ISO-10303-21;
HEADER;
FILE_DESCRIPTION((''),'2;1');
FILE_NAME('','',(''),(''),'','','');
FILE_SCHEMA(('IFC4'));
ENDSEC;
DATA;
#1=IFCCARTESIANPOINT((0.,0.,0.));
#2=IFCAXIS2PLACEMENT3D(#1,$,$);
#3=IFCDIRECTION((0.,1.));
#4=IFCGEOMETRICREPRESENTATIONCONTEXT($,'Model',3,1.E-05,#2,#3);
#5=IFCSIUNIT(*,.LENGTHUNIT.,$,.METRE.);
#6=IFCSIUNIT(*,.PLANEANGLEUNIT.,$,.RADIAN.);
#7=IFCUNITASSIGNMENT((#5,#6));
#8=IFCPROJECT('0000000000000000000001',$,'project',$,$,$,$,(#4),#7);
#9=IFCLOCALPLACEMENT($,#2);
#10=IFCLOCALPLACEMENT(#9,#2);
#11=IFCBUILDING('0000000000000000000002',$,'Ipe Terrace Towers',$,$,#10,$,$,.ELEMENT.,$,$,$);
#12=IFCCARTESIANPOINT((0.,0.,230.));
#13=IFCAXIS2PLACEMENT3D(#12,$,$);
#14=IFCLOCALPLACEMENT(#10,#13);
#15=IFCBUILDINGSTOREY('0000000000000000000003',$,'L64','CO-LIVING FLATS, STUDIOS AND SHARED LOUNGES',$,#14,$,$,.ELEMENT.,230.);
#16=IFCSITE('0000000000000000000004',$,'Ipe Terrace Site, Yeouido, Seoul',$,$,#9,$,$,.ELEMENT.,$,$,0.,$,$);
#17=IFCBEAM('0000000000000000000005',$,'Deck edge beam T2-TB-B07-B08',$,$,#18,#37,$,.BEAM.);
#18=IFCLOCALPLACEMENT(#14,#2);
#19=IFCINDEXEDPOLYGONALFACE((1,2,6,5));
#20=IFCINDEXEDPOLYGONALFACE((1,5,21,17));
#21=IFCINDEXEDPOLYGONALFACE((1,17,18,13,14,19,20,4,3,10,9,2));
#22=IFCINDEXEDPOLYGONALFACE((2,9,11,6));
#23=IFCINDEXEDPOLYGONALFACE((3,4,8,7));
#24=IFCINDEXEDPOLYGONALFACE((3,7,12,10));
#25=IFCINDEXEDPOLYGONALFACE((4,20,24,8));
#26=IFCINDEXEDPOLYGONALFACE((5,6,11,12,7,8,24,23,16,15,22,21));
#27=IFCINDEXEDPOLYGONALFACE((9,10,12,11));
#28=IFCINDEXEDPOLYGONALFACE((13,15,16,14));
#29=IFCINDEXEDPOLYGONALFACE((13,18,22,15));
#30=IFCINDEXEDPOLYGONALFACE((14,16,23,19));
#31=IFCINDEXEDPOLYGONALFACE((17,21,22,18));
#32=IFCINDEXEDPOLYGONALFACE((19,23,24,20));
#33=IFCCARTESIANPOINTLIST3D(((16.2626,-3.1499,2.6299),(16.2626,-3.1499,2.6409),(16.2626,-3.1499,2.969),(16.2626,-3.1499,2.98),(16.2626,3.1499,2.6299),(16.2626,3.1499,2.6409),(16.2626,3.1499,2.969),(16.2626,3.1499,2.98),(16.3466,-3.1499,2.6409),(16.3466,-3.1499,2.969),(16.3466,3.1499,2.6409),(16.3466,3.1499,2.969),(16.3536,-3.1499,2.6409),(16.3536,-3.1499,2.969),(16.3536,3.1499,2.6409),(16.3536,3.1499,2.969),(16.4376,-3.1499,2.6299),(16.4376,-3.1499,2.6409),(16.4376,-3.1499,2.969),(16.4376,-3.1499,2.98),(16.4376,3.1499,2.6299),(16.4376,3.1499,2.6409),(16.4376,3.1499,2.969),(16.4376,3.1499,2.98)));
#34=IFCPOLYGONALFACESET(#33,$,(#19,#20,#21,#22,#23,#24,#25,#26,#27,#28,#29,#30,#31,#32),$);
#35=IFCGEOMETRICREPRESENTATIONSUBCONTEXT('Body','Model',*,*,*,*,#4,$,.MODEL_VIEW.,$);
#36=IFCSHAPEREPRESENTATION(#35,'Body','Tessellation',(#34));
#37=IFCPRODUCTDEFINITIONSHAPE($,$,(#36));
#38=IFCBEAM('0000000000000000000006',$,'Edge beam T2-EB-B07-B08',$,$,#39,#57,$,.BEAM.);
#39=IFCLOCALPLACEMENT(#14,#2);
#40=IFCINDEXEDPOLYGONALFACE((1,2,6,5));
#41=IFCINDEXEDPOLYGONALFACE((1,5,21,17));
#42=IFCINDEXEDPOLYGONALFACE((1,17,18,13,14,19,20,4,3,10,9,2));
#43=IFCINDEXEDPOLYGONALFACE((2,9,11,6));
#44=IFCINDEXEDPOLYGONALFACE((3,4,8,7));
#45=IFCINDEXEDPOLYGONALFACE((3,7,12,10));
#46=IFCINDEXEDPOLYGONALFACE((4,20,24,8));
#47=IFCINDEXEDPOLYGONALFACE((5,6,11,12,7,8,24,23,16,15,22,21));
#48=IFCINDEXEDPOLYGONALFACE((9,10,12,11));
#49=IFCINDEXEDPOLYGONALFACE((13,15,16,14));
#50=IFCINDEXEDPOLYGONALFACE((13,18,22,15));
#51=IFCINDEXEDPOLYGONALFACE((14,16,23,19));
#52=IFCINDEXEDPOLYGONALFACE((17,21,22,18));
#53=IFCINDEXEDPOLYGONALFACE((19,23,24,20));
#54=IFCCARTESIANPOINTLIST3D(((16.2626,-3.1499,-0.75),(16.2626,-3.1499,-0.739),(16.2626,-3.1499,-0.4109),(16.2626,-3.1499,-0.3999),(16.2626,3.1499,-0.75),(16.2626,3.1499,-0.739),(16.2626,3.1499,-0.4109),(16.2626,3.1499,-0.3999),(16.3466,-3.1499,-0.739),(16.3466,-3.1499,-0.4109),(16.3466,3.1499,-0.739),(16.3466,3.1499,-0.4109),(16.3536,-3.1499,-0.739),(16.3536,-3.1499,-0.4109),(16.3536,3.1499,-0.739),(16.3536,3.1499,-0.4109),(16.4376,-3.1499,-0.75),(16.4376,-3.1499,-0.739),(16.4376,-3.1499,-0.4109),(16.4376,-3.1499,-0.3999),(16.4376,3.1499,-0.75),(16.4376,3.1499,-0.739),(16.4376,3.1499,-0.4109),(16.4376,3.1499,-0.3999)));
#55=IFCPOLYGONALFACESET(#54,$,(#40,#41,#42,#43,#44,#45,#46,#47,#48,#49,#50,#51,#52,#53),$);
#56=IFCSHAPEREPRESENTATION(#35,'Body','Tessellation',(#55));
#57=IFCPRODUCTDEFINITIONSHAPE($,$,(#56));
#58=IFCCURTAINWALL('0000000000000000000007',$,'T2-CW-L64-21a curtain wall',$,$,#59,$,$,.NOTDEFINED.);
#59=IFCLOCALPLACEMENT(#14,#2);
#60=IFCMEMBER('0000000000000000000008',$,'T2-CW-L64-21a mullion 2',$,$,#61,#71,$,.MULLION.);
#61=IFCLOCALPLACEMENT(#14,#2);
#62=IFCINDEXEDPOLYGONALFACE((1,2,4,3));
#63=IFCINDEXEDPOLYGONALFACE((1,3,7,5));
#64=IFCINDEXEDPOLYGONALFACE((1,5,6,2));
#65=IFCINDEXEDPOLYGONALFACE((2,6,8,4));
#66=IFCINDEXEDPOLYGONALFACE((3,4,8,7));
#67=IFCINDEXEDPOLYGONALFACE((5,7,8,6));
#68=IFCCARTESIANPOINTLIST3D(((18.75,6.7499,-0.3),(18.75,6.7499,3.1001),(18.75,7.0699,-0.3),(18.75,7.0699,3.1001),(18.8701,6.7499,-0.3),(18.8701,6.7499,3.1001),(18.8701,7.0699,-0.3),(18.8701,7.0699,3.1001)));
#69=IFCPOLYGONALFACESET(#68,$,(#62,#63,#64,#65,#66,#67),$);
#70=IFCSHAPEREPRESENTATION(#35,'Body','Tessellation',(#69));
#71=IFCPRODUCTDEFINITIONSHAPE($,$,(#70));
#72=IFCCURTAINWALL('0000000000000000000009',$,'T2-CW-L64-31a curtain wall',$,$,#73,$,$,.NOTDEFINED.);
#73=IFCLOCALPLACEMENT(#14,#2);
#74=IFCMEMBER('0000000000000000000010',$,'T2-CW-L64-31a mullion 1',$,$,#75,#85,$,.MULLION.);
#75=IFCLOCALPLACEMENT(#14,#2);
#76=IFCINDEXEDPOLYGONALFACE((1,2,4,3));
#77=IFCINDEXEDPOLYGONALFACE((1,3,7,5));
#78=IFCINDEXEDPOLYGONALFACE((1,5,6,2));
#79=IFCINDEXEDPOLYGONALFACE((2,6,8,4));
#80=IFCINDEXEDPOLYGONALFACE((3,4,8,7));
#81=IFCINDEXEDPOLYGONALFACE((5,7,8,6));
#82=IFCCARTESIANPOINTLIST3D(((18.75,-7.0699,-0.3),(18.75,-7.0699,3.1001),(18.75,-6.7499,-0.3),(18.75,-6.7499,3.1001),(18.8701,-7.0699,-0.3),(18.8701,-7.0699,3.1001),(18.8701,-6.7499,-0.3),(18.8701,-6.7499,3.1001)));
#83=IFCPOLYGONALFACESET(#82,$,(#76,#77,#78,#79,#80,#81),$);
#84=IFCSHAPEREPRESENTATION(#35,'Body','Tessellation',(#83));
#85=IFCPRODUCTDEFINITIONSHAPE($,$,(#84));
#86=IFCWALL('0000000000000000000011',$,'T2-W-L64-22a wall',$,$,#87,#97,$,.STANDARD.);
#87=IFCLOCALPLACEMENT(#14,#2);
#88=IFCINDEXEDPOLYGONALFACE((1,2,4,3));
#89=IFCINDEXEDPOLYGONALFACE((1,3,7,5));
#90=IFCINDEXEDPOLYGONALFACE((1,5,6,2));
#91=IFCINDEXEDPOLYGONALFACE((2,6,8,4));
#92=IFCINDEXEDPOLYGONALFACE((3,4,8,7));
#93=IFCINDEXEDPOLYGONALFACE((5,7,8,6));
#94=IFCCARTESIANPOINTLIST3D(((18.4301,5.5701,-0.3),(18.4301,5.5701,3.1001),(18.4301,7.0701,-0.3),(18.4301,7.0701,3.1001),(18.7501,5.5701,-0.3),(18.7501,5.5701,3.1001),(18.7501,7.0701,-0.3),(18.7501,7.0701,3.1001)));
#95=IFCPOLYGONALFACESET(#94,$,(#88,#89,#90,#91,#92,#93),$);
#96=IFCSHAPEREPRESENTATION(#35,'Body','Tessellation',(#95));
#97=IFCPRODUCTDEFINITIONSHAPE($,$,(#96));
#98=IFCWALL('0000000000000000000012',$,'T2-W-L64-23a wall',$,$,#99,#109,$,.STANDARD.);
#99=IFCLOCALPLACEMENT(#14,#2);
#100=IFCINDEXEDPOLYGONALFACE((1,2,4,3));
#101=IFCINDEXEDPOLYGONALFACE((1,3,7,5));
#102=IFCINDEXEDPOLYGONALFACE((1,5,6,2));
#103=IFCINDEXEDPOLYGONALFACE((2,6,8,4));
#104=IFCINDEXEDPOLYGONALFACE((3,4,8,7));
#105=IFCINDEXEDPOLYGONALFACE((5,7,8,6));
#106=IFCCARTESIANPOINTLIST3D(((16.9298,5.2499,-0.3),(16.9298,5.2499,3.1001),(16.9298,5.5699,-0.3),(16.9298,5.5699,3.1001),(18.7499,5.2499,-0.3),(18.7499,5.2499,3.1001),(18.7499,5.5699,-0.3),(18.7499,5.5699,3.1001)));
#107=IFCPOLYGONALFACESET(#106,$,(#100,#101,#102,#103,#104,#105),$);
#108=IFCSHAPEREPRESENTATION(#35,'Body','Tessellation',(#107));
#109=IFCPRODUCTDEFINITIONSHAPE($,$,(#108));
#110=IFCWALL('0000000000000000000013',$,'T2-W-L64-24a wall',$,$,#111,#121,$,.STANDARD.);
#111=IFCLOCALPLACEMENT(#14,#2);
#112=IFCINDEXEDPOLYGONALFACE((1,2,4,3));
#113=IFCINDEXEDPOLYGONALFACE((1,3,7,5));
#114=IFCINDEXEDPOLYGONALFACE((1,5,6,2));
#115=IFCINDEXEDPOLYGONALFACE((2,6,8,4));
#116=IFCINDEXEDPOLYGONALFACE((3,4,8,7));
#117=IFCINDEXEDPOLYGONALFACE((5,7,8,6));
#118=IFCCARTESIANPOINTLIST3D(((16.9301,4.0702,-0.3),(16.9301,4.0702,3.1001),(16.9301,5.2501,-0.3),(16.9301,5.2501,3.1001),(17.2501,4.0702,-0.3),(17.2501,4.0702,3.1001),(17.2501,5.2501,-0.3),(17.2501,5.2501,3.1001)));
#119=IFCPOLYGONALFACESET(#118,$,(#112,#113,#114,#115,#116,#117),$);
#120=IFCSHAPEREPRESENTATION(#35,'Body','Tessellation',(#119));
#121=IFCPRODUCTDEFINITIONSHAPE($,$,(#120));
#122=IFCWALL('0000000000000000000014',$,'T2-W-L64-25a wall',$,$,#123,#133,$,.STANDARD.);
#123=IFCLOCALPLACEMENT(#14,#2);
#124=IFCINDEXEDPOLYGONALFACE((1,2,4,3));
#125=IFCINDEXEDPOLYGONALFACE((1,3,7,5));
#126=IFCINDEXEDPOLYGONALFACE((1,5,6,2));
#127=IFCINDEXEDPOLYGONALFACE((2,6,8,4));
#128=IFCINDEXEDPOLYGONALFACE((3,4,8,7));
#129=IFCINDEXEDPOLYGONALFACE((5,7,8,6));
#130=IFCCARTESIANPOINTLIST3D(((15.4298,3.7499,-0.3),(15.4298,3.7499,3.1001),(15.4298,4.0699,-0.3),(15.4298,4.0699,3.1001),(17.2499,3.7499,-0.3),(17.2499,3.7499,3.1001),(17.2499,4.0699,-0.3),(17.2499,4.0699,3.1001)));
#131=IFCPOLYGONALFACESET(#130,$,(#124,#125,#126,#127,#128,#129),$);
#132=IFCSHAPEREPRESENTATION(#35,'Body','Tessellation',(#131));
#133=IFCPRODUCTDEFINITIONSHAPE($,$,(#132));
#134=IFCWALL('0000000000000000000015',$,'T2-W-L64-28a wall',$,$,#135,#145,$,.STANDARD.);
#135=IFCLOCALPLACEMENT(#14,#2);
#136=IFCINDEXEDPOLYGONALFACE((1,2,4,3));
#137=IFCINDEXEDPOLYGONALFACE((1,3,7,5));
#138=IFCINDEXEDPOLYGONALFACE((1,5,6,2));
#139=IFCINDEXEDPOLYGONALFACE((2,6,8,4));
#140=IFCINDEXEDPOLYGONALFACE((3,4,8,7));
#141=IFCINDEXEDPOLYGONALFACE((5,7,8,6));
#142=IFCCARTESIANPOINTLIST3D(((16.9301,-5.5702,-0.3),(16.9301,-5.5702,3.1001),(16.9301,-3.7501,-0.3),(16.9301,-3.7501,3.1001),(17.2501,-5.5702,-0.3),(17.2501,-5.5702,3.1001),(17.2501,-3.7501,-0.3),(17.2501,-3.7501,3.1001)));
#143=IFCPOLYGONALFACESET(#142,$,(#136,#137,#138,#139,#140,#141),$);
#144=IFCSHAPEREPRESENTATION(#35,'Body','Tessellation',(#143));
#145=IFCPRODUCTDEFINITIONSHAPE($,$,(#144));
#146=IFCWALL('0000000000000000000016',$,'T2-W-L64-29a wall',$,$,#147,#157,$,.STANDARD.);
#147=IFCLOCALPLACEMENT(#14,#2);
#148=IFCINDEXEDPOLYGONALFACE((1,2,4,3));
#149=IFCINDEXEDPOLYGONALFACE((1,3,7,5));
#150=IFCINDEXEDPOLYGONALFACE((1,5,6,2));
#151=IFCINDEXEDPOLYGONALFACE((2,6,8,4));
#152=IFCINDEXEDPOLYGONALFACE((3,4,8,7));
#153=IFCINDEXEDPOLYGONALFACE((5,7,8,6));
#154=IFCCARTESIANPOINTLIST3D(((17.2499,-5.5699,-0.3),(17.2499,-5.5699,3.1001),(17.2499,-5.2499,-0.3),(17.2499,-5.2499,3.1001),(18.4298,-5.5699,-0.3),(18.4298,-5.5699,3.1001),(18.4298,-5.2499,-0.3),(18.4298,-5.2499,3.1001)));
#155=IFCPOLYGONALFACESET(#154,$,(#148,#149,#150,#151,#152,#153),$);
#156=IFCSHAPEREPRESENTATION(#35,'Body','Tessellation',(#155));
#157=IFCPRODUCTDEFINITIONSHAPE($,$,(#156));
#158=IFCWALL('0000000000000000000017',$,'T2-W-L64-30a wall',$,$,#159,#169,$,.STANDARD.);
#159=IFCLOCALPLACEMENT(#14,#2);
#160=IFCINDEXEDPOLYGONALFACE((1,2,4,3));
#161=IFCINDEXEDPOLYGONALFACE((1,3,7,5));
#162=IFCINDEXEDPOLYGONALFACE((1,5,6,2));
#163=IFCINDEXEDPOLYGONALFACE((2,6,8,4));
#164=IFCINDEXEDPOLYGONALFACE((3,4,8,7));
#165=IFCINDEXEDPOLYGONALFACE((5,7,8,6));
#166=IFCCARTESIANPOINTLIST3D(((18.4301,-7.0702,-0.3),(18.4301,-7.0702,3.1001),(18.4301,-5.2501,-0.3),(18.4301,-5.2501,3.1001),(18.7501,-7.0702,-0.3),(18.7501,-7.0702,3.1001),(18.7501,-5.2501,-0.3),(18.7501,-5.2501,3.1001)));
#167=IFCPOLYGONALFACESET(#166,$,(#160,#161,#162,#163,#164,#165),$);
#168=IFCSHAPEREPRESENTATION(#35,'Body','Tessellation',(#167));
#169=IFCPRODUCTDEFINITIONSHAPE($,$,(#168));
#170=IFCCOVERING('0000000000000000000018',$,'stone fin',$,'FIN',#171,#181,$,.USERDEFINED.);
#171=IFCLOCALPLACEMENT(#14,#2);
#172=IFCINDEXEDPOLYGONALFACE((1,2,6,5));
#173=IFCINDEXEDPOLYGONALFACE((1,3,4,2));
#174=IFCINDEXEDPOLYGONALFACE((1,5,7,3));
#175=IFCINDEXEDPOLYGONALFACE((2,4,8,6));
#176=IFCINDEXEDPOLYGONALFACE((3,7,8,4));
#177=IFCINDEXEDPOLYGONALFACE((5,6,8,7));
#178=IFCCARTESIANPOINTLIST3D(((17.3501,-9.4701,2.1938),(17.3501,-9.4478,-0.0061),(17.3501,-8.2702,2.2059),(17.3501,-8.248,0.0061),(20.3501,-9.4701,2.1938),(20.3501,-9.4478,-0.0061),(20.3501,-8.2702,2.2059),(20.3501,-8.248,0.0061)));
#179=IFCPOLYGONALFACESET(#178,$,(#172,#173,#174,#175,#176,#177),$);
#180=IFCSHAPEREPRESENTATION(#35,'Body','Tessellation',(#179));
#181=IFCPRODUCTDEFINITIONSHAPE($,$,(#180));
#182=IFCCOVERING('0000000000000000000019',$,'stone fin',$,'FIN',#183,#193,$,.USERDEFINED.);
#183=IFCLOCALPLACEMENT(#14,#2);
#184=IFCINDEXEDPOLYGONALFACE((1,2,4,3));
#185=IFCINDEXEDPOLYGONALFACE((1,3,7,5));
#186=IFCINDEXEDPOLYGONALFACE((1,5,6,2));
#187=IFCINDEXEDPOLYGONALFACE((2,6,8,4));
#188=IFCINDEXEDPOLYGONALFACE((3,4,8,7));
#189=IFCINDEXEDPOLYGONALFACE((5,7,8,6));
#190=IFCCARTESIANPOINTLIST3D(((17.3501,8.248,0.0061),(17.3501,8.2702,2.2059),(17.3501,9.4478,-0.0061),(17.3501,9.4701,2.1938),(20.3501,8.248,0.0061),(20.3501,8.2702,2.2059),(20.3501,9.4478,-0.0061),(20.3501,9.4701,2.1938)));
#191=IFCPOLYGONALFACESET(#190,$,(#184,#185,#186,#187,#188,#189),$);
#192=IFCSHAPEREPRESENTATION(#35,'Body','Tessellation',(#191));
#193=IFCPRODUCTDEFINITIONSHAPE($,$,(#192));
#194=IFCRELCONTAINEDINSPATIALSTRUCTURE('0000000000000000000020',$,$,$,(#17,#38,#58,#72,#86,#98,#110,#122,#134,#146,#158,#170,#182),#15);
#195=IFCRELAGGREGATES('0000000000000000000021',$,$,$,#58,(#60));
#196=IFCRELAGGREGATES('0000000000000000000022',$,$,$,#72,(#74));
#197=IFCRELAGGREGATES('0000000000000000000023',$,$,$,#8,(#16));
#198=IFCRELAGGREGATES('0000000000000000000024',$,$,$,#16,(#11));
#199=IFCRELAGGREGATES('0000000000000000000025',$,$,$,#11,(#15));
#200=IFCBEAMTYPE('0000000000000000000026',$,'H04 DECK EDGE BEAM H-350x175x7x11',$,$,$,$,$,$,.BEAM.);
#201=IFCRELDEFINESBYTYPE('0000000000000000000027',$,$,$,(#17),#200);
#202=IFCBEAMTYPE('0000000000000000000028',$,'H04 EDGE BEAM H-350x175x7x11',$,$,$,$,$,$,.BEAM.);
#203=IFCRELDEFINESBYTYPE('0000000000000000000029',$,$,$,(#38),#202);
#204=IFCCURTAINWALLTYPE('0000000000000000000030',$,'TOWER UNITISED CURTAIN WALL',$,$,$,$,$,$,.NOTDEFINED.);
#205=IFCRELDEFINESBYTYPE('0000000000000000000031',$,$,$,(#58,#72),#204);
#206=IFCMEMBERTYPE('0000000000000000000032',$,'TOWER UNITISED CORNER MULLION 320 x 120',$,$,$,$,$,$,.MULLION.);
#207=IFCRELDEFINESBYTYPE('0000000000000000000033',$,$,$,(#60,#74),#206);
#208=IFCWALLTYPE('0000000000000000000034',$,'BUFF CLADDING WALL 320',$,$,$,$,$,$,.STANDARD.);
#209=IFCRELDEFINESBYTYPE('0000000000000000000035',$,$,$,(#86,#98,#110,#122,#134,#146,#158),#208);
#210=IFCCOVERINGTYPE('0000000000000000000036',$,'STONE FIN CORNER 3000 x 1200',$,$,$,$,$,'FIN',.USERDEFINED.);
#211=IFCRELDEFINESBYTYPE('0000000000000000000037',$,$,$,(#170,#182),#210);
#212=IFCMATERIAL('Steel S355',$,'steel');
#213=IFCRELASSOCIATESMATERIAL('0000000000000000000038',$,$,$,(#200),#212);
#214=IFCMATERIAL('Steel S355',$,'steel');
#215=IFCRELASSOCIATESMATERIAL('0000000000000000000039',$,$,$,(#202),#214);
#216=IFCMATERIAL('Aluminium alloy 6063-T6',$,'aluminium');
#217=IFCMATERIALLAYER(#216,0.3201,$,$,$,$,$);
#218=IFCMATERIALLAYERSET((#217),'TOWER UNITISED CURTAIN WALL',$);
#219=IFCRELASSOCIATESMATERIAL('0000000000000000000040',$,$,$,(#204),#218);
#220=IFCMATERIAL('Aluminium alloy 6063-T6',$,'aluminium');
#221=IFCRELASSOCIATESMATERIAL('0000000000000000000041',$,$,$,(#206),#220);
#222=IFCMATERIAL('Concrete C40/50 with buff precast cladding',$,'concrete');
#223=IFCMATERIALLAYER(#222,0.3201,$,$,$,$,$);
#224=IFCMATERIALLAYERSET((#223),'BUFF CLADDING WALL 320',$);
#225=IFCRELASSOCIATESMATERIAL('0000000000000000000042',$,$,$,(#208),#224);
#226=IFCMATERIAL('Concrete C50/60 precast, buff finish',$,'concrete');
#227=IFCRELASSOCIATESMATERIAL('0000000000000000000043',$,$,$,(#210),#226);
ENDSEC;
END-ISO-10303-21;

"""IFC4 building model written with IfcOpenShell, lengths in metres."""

from ifc_helpers import new_model, si_unit, direction, frame, frame_2d, origin, origin_2d, place, context, subcontext, project, spatial, rectangle, i_section, extrude, material, layer, layer_set, material_profile, profile_set, type_object, element, aggregate, save


model = new_model("IFC4")

# Units and contexts
model_context = context("Model", 3, precision=1e-05, world=origin(), true_north=direction((0.0, 1.0)))
body_context = subcontext(model_context, "Body", "Model", "MODEL_VIEW")
ifc_project = project(units=[si_unit("LENGTHUNIT", "METRE"), si_unit("PLANEANGLEUNIT", "RADIAN")], contexts=[model_context])

# Site, building, storey
site_placement = place(None, origin())
site = spatial("IfcSite", under=ifc_project, at=site_placement, Name="Ipe Terrace Site, Yeouido, Seoul", CompositionType="ELEMENT", RefElevation=0.0)
building_placement = place(site_placement, origin())
building = spatial("IfcBuilding", under=site, at=building_placement, Name="Ipe Terrace Towers", CompositionType="ELEMENT")
storey_placement = place(building_placement, frame((0.0, 0.0, 230.0)))
storey = spatial("IfcBuildingStorey", under=building, at=storey_placement, Name="L64", Description="CO-LIVING FLATS, STUDIOS AND SHARED LOUNGES", CompositionType="ELEMENT", Elevation=230.0)

# Beams
ifc_material_1 = material(Name="Steel S355", Category="steel")
ifc_material_profile_1 = material_profile(ifc_material_1, i_section(OverallWidth=0.175, OverallDepth=0.3501, WebThickness=0.0071, FlangeThickness=0.011, at=origin_2d()), Name="H-350x175x7x11")
ifc_profile_set_1 = profile_set([ifc_material_profile_1], Name="Steel S355")
beam_type_1 = type_object("IfcBeamType", Name="H04 DECK EDGE BEAM H-350x175x7x11", PredefinedType="BEAM", material=ifc_profile_set_1)
beam_1_placement = place(storey_placement, frame((16.3501, 3.1499, 2.8049), z_axis=(0.0, -1.0, 0.0), x_axis=(1.0, 0.0, 0.0)))
element("IfcBeam", 1, at=beam_1_placement, inside=storey, type_object=beam_type_1, Name="Deck edge beam T2-TB-B07-B08", PredefinedType="BEAM", context=body_context, shape_type="SweptSolid", body=[
    extrude(i_section(OverallWidth=0.175, OverallDepth=0.3501, WebThickness=0.0071, FlangeThickness=0.011, at=origin_2d()), origin(), (0.0, 0.0, 1.0), 6.2998),
])
ifc_material_2 = material(Name="Steel S355", Category="steel")
ifc_material_profile_2 = material_profile(ifc_material_2, i_section(OverallWidth=0.175, OverallDepth=0.3501, WebThickness=0.0071, FlangeThickness=0.011, at=origin_2d()), Name="H-350x175x7x11")
ifc_profile_set_2 = profile_set([ifc_material_profile_2], Name="Steel S355")
beam_type_2 = type_object("IfcBeamType", Name="H04 EDGE BEAM H-350x175x7x11", PredefinedType="BEAM", material=ifc_profile_set_2)
beam_2_placement = place(storey_placement, frame((16.3501, 3.1499, -0.575), z_axis=(0.0, -1.0, 0.0), x_axis=(1.0, 0.0, 0.0)))
element("IfcBeam", 2, at=beam_2_placement, inside=storey, type_object=beam_type_2, Name="Edge beam T2-EB-B07-B08", PredefinedType="BEAM", context=body_context, shape_type="SweptSolid", body=[
    extrude(i_section(OverallWidth=0.175, OverallDepth=0.3501, WebThickness=0.0071, FlangeThickness=0.011, at=origin_2d()), origin(), (0.0, 0.0, 1.0), 6.2998),
])

# Curtain walls, members
ifc_material_3 = material(Name="Aluminium alloy 6063-T6", Category="aluminium")
ifc_layer_1 = layer(ifc_material_3, 0.3201)
ifc_layer_set_1 = layer_set([ifc_layer_1], Name="TOWER UNITISED CURTAIN WALL")
curtain_wall_type = type_object("IfcCurtainWallType", Name="TOWER UNITISED CURTAIN WALL", PredefinedType="NOTDEFINED", material=ifc_layer_set_1)
curtain_wall_1_placement = place(storey_placement, origin())
curtain_wall_1 = element("IfcCurtainWall", 3, at=curtain_wall_1_placement, inside=storey, type_object=curtain_wall_type, Name="T2-CW-L64-21a curtain wall", PredefinedType="NOTDEFINED")
ifc_material_4 = material(Name="Aluminium alloy 6063-T6", Category="aluminium")
ifc_material_profile_3 = material_profile(ifc_material_4, rectangle(XDim=0.3201, YDim=0.1201, at=origin_2d()), Name="TOWER UNITISED CORNER MULLION 320 x 120")
ifc_profile_set_3 = profile_set([ifc_material_profile_3], Name="Aluminium alloy 6063-T6")
member_type = type_object("IfcMemberType", Name="TOWER UNITISED CORNER MULLION 320 x 120", PredefinedType="MULLION", material=ifc_profile_set_3)
member_1_placement = place(storey_placement, frame((18.8101, 6.9099, -0.3), z_axis=(0.0, 0.0, 1.0), x_axis=(0.0, 1.0, 0.0)))
member_1 = element("IfcMember", 4, at=member_1_placement, type_object=member_type, Name="T2-CW-L64-21a mullion 2", PredefinedType="MULLION", context=body_context, shape_type="SweptSolid", body=[
    extrude(rectangle(XDim=0.3201, YDim=0.1201, at=origin_2d()), origin(), (0.0, 0.0, 1.0), 3.4001),
])
aggregate(curtain_wall_1, [member_1])
curtain_wall_2_placement = place(storey_placement, origin())
curtain_wall_2 = element("IfcCurtainWall", 5, at=curtain_wall_2_placement, inside=storey, type_object=curtain_wall_type, Name="T2-CW-L64-31a curtain wall", PredefinedType="NOTDEFINED")
member_2_placement = place(storey_placement, frame((18.8101, -6.9099, -0.3), z_axis=(0.0, 0.0, 1.0), x_axis=(0.0, -1.0, 0.0)))
member_2 = element("IfcMember", 6, at=member_2_placement, type_object=member_type, Name="T2-CW-L64-31a mullion 1", PredefinedType="MULLION", context=body_context, shape_type="SweptSolid", body=[
    extrude(rectangle(XDim=0.3201, YDim=0.1201, at=origin_2d()), origin(), (0.0, 0.0, 1.0), 3.4001),
])
aggregate(curtain_wall_2, [member_2])

# Walls
ifc_material_5 = material(Name="Concrete C40/50 with buff precast cladding", Category="concrete")
ifc_layer_2 = layer(ifc_material_5, 0.3201)
ifc_layer_set_2 = layer_set([ifc_layer_2], Name="BUFF CLADDING WALL 320")
wall_type = type_object("IfcWallType", Name="BUFF CLADDING WALL 320", PredefinedType="STANDARD", material=ifc_layer_set_2)
wall_1_placement = place(storey_placement, frame((18.5901, 7.0701, -0.3), z_axis=(0.0, 0.0, 1.0), x_axis=(0.0, -1.0, 0.0)))
element("IfcWall", 7, at=wall_1_placement, inside=storey, type_object=wall_type, Name="T2-W-L64-22a wall", PredefinedType="STANDARD", context=body_context, shape_type="SweptSolid", body=[
    extrude(rectangle(XDim=1.5, YDim=0.3201, at=frame_2d((0.75, 0.0))), origin(), (0.0, 0.0, 1.0), 3.4001),
])
wall_2_placement = place(storey_placement, frame((18.75, 5.4099, -0.3), z_axis=(0.0, 0.0, 1.0), x_axis=(-1.0, 0.0, 0.0)))
element("IfcWall", 8, at=wall_2_placement, inside=storey, type_object=wall_type, Name="T2-W-L64-23a wall", PredefinedType="STANDARD", context=body_context, shape_type="SweptSolid", body=[
    extrude(rectangle(XDim=1.8201, YDim=0.3201, at=frame_2d((0.9102, 0.0))), origin(), (0.0, 0.0, 1.0), 3.4001),
])
wall_3_placement = place(storey_placement, frame((17.0901, 5.25, -0.3), z_axis=(0.0, 0.0, 1.0), x_axis=(0.0, -1.0, 0.0)))
element("IfcWall", 9, at=wall_3_placement, inside=storey, type_object=wall_type, Name="T2-W-L64-24a wall", PredefinedType="STANDARD", context=body_context, shape_type="SweptSolid", body=[
    extrude(rectangle(XDim=1.1799, YDim=0.3201, at=frame_2d((0.5898, 0.0))), origin(), (0.0, 0.0, 1.0), 3.4001),
])
for number, where, z_axis, x_axis, name in (
    (10, (17.25, 3.9099, -0.3), (0.0, 0.0, 1.0), (-1.0, 0.0, 0.0), "T2-W-L64-25a wall"),
    (11, (17.0901, -3.75, -0.3), (0.0, 0.0, 1.0), (0.0, -1.0, 0.0), "T2-W-L64-28a wall"),
):
    element("IfcWall", number, at=place(storey_placement, frame(where, z_axis=z_axis, x_axis=x_axis)), inside=storey, type_object=wall_type, Name=name, PredefinedType="STANDARD", context=body_context, shape_type="SweptSolid", body=[
        extrude(rectangle(XDim=1.8201, YDim=0.3201, at=frame_2d((0.9102, 0.0))), origin(), (0.0, 0.0, 1.0), 3.4001),
    ])
wall_4_placement = place(storey_placement, frame((17.25, -5.4099, -0.3), z_axis=(0.0, 0.0, 1.0), x_axis=(1.0, 0.0, 0.0)))
element("IfcWall", 12, at=wall_4_placement, inside=storey, type_object=wall_type, Name="T2-W-L64-29a wall", PredefinedType="STANDARD", context=body_context, shape_type="SweptSolid", body=[
    extrude(rectangle(XDim=1.1799, YDim=0.3201, at=frame_2d((0.5898, 0.0))), origin(), (0.0, 0.0, 1.0), 3.4001),
])
wall_5_placement = place(storey_placement, frame((18.5901, -5.25, -0.3), z_axis=(0.0, 0.0, 1.0), x_axis=(0.0, -1.0, 0.0)))
element("IfcWall", 13, at=wall_5_placement, inside=storey, type_object=wall_type, Name="T2-W-L64-30a wall", PredefinedType="STANDARD", context=body_context, shape_type="SweptSolid", body=[
    extrude(rectangle(XDim=1.8201, YDim=0.3201, at=frame_2d((0.9102, 0.0))), origin(), (0.0, 0.0, 1.0), 3.4001),
])

# Coverings
ifc_material_6 = material(Name="Concrete C50/60 precast, buff finish", Category="concrete")
ifc_material_profile_4 = material_profile(ifc_material_6, rectangle(XDim=3.0, YDim=1.2, at=origin_2d()), Name="STONE FIN CORNER 3000 x 1200")
ifc_profile_set_4 = profile_set([ifc_material_profile_4], Name="Concrete C50/60 precast, buff finish")
covering_type_1 = type_object("IfcCoveringType", Name="STONE FIN CORNER 3000 x 1200", ElementType="FIN", PredefinedType="USERDEFINED", material=ifc_profile_set_4)
for number, where, z_axis, x_axis, name in (
    (14, (18.8501, -8.8479, 0.0), (0.0, -0.010098, 0.999949), (1.0, 0.0, 0.0), "stone fin"),
    (15, (18.8501, 8.8479, 0.0), (0.0, 0.010098, 0.999949), (-1.0, 0.0, 0.0), "stone fin"),
):
    element("IfcCovering", number, at=place(storey_placement, frame(where, z_axis=z_axis, x_axis=x_axis)), inside=storey, type_object=covering_type_1, Name=name, ObjectType="FIN", PredefinedType="USERDEFINED", context=body_context, shape_type="SweptSolid", body=[
        extrude(rectangle(XDim=3.0, YDim=1.2, at=origin_2d()), origin(), (0.0, 0.0, 1.0), 2.2),
    ])

save(model, "model.ifc")
